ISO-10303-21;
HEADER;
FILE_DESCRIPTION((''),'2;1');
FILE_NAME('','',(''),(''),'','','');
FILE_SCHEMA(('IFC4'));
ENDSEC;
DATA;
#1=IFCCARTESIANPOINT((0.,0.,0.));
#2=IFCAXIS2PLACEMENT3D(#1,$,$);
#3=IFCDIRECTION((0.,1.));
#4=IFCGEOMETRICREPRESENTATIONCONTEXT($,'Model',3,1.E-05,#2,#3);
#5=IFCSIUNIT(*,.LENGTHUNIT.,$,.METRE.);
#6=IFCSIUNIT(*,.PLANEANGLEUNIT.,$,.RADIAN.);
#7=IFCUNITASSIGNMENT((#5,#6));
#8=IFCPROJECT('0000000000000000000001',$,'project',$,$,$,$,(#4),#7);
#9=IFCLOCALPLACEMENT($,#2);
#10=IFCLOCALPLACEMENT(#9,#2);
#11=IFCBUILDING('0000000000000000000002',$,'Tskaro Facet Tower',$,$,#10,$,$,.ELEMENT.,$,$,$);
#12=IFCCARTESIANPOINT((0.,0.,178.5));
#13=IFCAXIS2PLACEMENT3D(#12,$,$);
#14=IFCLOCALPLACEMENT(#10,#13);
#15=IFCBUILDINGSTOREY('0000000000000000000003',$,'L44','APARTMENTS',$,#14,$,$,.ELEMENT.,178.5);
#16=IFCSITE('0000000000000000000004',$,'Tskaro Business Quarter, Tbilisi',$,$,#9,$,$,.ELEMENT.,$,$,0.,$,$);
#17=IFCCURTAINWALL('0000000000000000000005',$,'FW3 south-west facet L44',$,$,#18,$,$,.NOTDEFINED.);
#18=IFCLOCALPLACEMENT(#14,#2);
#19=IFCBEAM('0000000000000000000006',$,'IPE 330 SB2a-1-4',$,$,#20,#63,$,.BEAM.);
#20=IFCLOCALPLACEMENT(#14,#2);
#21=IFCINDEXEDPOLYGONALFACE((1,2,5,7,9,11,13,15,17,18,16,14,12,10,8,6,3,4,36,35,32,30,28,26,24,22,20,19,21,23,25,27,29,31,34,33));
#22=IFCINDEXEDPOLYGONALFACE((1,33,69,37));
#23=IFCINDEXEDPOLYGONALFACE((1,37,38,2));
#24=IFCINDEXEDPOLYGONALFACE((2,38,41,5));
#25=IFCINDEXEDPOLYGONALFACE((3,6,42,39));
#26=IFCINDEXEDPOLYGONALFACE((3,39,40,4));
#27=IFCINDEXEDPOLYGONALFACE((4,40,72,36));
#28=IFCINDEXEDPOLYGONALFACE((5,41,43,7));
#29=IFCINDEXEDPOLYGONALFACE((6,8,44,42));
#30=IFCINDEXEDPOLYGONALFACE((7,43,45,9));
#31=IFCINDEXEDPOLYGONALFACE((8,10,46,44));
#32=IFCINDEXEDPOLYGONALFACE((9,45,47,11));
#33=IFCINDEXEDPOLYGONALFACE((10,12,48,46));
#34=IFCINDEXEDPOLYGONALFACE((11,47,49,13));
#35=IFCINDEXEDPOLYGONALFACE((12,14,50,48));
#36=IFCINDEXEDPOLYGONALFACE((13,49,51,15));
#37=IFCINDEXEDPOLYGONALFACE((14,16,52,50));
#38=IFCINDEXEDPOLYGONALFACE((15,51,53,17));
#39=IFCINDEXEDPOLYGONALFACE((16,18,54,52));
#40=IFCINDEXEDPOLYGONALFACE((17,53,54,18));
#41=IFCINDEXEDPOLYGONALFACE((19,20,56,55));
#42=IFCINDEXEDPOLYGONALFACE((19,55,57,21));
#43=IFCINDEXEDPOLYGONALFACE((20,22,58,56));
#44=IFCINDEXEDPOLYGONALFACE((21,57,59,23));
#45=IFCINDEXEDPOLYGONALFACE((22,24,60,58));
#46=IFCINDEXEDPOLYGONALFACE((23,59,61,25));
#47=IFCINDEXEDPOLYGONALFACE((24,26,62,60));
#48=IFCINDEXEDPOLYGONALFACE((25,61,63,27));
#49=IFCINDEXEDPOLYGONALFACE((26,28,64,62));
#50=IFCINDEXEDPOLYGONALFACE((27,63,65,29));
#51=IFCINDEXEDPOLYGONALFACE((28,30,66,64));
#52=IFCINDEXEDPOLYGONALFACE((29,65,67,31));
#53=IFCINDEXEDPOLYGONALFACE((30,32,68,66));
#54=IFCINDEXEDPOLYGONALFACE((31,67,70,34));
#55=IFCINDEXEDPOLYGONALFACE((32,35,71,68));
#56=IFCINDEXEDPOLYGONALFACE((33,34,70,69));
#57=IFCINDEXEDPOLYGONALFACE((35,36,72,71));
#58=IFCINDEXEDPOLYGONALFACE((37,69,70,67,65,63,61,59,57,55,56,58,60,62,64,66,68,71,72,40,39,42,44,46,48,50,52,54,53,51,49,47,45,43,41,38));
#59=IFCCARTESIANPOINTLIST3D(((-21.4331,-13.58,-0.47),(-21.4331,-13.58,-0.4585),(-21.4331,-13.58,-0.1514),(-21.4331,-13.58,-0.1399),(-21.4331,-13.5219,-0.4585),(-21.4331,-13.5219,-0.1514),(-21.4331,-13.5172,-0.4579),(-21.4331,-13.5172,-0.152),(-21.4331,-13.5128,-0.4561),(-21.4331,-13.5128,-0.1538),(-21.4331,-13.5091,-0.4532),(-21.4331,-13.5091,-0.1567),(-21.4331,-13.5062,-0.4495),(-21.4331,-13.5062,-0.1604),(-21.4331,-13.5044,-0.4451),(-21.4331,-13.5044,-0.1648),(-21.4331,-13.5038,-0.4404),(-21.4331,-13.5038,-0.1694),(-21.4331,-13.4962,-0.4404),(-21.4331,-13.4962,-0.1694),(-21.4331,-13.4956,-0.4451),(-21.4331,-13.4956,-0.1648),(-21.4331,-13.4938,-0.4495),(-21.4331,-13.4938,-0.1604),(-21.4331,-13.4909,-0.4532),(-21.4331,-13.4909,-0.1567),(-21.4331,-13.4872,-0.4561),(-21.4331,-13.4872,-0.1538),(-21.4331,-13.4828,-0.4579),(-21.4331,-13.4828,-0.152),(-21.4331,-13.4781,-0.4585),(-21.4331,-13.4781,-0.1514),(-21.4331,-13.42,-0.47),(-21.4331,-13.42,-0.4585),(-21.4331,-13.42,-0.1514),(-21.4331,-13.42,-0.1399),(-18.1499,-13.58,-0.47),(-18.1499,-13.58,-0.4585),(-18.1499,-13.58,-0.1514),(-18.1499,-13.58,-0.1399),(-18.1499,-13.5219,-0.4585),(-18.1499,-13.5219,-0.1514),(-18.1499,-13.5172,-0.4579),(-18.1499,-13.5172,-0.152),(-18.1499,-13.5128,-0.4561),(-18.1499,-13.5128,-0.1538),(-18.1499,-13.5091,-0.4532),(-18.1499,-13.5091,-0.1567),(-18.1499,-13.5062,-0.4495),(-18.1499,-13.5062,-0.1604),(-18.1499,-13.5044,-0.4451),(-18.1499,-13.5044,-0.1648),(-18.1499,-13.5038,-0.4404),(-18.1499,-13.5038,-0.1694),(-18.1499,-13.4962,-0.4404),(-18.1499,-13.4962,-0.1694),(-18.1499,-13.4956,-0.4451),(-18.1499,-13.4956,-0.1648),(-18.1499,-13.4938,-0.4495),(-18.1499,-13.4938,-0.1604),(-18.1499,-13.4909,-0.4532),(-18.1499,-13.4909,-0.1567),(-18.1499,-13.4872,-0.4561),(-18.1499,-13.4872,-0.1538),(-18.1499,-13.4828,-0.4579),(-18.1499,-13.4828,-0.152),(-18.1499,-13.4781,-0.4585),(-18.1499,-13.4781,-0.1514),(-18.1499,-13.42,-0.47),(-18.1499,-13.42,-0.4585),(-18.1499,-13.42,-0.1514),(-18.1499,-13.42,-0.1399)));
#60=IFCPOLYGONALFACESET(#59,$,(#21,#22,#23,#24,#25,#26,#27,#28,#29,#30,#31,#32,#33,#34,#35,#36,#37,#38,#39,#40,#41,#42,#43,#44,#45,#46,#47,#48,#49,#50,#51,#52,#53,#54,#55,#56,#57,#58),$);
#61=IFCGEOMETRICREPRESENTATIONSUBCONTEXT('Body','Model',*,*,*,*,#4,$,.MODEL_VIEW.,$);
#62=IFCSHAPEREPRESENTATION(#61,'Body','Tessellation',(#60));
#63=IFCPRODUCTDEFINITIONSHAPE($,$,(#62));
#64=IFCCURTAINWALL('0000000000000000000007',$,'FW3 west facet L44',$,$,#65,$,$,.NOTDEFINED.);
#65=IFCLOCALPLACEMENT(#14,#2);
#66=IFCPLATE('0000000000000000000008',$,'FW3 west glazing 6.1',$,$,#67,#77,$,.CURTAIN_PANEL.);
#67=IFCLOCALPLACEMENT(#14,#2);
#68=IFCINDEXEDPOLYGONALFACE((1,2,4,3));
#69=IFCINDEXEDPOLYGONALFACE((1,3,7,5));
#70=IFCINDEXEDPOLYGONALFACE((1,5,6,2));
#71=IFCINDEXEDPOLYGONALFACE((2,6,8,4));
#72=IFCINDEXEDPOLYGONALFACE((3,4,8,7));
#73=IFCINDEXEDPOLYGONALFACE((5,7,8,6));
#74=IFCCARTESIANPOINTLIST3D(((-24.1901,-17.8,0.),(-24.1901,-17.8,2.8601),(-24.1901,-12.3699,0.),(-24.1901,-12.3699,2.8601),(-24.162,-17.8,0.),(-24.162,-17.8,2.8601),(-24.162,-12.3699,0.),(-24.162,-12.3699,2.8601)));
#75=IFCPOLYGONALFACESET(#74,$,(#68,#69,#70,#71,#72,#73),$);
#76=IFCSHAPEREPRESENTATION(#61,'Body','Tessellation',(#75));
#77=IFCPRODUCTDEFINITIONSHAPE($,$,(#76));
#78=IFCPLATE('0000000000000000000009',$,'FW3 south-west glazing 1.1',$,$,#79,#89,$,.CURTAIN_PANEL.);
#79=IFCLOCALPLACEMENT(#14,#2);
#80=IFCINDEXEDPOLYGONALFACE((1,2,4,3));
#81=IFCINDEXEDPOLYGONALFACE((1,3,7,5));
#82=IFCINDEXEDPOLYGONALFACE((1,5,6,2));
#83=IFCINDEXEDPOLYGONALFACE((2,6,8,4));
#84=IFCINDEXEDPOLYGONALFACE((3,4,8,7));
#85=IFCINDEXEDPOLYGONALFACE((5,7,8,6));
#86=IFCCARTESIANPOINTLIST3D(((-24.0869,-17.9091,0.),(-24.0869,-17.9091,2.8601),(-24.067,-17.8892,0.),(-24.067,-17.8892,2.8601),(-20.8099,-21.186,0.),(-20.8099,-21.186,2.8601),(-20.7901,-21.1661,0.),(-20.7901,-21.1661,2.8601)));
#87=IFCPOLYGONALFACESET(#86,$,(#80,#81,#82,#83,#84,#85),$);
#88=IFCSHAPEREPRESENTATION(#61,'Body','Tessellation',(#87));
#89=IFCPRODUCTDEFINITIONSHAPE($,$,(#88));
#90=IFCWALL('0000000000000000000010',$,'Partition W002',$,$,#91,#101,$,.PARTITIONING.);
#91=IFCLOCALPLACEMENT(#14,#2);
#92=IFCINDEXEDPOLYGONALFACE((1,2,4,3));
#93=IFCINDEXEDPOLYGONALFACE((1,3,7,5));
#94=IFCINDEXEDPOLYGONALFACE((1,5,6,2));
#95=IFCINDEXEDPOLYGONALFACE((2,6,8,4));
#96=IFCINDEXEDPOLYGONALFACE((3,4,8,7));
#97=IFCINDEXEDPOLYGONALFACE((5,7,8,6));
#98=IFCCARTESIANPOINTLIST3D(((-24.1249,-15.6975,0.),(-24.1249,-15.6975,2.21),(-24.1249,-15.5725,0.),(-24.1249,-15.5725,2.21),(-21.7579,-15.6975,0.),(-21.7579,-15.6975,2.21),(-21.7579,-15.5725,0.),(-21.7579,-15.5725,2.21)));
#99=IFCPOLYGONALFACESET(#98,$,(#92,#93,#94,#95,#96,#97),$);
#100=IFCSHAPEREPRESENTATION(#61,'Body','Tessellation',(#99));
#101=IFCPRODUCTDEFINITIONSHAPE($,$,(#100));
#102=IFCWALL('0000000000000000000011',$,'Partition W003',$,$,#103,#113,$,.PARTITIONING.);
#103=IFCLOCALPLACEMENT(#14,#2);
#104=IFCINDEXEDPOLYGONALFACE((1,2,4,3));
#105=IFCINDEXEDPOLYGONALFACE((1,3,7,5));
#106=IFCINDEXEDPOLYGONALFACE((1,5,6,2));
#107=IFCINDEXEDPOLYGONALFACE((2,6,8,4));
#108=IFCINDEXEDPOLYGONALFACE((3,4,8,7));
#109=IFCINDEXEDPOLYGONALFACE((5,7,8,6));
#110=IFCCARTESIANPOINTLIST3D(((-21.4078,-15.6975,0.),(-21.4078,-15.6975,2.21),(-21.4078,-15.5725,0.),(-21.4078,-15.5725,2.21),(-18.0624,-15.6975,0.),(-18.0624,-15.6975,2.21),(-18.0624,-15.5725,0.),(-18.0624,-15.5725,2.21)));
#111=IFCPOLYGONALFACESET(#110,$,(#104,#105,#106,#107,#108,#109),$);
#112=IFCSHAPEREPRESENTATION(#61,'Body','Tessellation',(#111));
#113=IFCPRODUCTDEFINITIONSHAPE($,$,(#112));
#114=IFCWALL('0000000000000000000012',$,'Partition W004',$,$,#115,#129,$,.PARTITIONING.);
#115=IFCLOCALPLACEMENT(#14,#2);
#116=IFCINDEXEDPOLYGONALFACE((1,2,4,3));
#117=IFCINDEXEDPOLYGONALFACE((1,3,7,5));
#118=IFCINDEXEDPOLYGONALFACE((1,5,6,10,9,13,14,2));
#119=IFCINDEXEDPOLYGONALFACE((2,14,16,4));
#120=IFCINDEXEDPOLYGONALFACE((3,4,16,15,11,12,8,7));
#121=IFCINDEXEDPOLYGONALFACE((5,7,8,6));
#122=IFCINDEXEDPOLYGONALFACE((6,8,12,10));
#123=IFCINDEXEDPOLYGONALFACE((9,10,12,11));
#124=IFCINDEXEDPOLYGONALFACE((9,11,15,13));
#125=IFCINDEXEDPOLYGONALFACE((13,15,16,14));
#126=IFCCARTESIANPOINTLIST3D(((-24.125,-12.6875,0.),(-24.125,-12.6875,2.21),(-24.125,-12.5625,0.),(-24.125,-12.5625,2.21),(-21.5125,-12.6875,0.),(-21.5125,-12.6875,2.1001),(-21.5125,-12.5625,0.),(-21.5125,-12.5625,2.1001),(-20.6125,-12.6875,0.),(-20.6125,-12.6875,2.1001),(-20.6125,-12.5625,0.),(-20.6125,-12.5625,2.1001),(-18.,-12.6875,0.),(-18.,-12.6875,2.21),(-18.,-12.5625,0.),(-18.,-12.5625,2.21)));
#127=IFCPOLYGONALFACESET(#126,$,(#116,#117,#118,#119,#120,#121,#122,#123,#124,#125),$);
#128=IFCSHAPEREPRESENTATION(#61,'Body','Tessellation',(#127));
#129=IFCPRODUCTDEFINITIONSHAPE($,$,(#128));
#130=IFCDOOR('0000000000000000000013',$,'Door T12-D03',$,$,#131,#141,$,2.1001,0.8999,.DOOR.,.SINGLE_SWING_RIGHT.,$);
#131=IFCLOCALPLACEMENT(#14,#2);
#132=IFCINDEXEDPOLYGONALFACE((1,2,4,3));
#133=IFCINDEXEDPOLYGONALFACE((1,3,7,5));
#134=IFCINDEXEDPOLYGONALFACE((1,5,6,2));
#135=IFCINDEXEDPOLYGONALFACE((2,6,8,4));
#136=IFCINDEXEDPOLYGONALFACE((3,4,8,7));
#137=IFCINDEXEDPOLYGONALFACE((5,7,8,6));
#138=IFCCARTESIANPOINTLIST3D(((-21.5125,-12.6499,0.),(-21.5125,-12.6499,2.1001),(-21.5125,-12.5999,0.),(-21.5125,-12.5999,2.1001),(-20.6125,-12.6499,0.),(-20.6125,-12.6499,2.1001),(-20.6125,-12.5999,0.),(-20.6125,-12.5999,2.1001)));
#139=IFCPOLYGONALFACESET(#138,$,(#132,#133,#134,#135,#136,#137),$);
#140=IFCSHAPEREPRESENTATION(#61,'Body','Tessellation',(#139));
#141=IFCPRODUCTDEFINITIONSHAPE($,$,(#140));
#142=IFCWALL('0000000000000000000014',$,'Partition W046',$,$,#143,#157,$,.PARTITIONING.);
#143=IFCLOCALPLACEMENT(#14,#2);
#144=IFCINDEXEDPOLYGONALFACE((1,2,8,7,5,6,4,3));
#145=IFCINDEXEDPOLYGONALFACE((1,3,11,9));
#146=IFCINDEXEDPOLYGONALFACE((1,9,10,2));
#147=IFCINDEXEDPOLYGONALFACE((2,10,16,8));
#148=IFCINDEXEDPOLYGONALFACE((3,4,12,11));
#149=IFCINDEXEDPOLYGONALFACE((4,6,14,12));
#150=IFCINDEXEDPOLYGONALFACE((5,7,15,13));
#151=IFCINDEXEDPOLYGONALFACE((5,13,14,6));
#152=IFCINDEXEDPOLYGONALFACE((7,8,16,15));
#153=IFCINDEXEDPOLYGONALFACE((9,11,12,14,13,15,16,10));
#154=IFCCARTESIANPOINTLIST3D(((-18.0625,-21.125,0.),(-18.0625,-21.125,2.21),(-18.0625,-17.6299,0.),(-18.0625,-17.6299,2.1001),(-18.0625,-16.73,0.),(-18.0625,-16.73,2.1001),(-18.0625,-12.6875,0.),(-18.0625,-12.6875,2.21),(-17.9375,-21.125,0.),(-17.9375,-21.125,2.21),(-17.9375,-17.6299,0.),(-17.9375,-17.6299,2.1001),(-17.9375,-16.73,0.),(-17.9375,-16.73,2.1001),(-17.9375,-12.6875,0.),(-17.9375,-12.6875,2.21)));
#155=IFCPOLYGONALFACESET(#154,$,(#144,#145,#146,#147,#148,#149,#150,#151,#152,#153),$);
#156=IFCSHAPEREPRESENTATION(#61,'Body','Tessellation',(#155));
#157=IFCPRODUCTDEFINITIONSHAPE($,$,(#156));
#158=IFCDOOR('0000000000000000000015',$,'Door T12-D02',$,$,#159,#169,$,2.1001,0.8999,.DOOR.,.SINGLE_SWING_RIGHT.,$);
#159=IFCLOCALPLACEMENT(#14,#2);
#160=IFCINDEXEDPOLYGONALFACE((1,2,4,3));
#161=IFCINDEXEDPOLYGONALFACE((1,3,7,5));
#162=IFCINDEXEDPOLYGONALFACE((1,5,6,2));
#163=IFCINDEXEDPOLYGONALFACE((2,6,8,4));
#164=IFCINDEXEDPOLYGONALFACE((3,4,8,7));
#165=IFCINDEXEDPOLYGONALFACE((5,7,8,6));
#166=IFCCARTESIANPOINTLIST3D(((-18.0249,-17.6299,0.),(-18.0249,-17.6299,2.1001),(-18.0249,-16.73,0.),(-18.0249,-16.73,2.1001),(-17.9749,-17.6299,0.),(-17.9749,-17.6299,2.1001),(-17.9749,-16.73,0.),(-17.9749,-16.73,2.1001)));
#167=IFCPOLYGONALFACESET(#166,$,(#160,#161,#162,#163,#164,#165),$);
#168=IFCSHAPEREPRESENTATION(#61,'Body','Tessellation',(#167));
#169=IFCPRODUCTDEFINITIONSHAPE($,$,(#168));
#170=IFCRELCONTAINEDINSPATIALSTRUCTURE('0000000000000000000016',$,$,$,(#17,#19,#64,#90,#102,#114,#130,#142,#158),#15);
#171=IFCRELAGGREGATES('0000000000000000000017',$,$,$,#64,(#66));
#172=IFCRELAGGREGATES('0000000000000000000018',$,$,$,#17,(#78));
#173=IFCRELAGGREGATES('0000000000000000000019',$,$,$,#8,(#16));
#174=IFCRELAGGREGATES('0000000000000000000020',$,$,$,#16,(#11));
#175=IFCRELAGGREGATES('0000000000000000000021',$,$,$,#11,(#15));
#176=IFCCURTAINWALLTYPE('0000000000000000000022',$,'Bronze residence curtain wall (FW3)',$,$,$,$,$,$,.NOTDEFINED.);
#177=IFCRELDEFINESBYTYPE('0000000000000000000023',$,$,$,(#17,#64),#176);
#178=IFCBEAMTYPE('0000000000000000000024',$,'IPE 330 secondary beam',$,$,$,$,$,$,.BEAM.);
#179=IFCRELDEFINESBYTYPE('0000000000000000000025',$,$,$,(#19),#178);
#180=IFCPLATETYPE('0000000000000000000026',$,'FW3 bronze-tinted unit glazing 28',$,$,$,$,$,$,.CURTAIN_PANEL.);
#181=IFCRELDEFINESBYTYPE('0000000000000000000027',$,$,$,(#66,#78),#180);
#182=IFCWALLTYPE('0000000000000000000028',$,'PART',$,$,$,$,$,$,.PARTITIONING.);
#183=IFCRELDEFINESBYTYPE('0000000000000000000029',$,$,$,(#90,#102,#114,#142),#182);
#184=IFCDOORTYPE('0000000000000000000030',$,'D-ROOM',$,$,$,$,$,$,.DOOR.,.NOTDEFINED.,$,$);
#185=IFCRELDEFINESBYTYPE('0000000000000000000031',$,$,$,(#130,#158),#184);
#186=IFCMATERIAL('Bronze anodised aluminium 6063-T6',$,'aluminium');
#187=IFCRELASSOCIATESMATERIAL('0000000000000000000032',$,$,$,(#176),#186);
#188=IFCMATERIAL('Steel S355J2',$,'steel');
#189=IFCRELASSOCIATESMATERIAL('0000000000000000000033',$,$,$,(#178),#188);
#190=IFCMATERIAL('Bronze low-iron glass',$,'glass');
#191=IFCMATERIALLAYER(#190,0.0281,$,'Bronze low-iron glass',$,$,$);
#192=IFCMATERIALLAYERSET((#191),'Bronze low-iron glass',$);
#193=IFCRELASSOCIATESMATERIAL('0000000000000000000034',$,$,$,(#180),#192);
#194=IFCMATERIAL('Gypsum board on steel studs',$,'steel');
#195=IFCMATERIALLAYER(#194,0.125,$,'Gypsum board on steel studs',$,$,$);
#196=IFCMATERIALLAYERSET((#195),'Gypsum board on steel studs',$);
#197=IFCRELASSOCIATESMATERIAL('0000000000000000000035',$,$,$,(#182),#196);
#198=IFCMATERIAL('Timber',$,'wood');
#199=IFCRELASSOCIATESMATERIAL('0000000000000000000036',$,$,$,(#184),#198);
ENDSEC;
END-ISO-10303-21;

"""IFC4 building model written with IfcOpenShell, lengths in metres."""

from ifc_helpers import new_model, si_unit, direction, frame, frame_2d, origin, origin_2d, place, context, subcontext, project, spatial, rectangle, i_section, extrude, material, layer, layer_set, material_profile, profile_set, type_object, element, fill, aggregate, save


model = new_model("IFC4")

# Units and contexts
model_context = context("Model", 3, precision=1e-05, world=origin(), true_north=direction((0.0, 1.0)))
body_context = subcontext(model_context, "Body", "Model", "MODEL_VIEW")
ifc_project = project(units=[si_unit("LENGTHUNIT", "METRE"), si_unit("PLANEANGLEUNIT", "RADIAN")], contexts=[model_context])

# Site, building, storey
site_placement = place(None, origin())
site = spatial("IfcSite", under=ifc_project, at=site_placement, Name="Tskaro Business Quarter, Tbilisi", CompositionType="ELEMENT", RefElevation=0.0)
building_placement = place(site_placement, origin())
building = spatial("IfcBuilding", under=site, at=building_placement, Name="Tskaro Facet Tower", CompositionType="ELEMENT")
storey_placement = place(building_placement, frame((0.0, 0.0, 178.5)))
storey = spatial("IfcBuildingStorey", under=building, at=storey_placement, Name="L44", Description="APARTMENTS", CompositionType="ELEMENT", Elevation=178.5)

# Curtain wall
ifc_material_1 = material(Name="Bronze anodised aluminium 6063-T6", Category="aluminium")
curtain_wall_type = type_object("IfcCurtainWallType", Name="Bronze residence curtain wall (FW3)", PredefinedType="NOTDEFINED", material=ifc_material_1)
curtain_wall_1_placement = place(storey_placement, origin())
curtain_wall_1 = element("IfcCurtainWall", 1, at=curtain_wall_1_placement, inside=storey, type_object=curtain_wall_type, Name="FW3 south-west facet L44", PredefinedType="NOTDEFINED")

# Beam
ifc_material_2 = material(Name="Steel S355J2", Category="steel")
ifc_material_profile_1 = material_profile(ifc_material_2, i_section(OverallWidth=0.1599, OverallDepth=0.3301, WebThickness=0.0076, FlangeThickness=0.0115, FilletRadius=0.0181, at=origin_2d()), Name="IPE 330")
ifc_profile_set_1 = profile_set([ifc_material_profile_1], Name="Steel S355J2")
beam_type_1 = type_object("IfcBeamType", Name="IPE 330 secondary beam", PredefinedType="BEAM", material=ifc_profile_set_1)
beam_1_placement = place(storey_placement, frame((-21.4331, -13.5, -0.3049), z_axis=(1.0, 0.0, 0.0), x_axis=(0.0, 1.0, 0.0)))
element("IfcBeam", 2, at=beam_1_placement, inside=storey, type_object=beam_type_1, Name="IPE 330 SB2a-1-4", PredefinedType="BEAM", context=body_context, shape_type="SweptSolid", body=[
    extrude(i_section(OverallWidth=0.1599, OverallDepth=0.3301, WebThickness=0.0076, FlangeThickness=0.0115, FilletRadius=0.0181, at=origin_2d()), origin(), (0.0, 0.0, 1.0), 3.2832),
])

# Curtain wall, plate
curtain_wall_2_placement = place(storey_placement, origin())
curtain_wall_2 = element("IfcCurtainWall", 3, at=curtain_wall_2_placement, inside=storey, type_object=curtain_wall_type, Name="FW3 west facet L44", PredefinedType="NOTDEFINED")
ifc_material_3 = material(Name="Bronze low-iron glass", Category="glass")
ifc_layer_1 = layer(ifc_material_3, 0.0281, Name="Bronze low-iron glass")
ifc_layer_set_1 = layer_set([ifc_layer_1], Name="Bronze low-iron glass")
plate_type = type_object("IfcPlateType", Name="FW3 bronze-tinted unit glazing 28", PredefinedType="CURTAIN_PANEL", material=ifc_layer_set_1)
plate_1_placement = place(storey_placement, frame((-24.176, -15.085, 0.0), z_axis=(0.0, 0.0, 1.0), x_axis=(0.0, -1.0, 0.0)))
plate_1 = element("IfcPlate", 4, at=plate_1_placement, type_object=plate_type, Name="FW3 west glazing 6.1", PredefinedType="CURTAIN_PANEL", context=body_context, shape_type="SweptSolid", body=[
    extrude(rectangle(XDim=5.4302, YDim=0.0281, at=origin_2d()), origin(), (0.0, 0.0, 1.0), 2.8601),
])
aggregate(curtain_wall_2, [plate_1])

# Plate
plate_2_placement = place(storey_placement, frame((-22.4385, -19.5376, 0.0), z_axis=(0.0, 0.0, 1.0), x_axis=(0.707107, -0.707107, 0.0)))
plate_2 = element("IfcPlate", 5, at=plate_2_placement, type_object=plate_type, Name="FW3 south-west glazing 1.1", PredefinedType="CURTAIN_PANEL", context=body_context, shape_type="SweptSolid", body=[
    extrude(rectangle(XDim=4.6343, YDim=0.0281, at=origin_2d()), origin(), (0.0, 0.0, 1.0), 2.8601),
])
aggregate(curtain_wall_1, [plate_2])

# Walls
ifc_material_4 = material(Name="Gypsum board on steel studs", Category="steel")
ifc_layer_2 = layer(ifc_material_4, 0.125, Name="Gypsum board on steel studs")
ifc_layer_set_2 = layer_set([ifc_layer_2], Name="Gypsum board on steel studs")
wall_type = type_object("IfcWallType", Name="PART", PredefinedType="PARTITIONING", material=ifc_layer_set_2)
wall_1_placement = place(storey_placement, frame((-24.125, -15.635, 0.0), z_axis=(0.0, 0.0, 1.0), x_axis=(1.0, 0.0, 0.0)))
element("IfcWall", 6, at=wall_1_placement, inside=storey, type_object=wall_type, Name="Partition W002", PredefinedType="PARTITIONING", context=body_context, shape_type="SweptSolid", body=[
    extrude(rectangle(XDim=2.3669, YDim=0.125, at=frame_2d((1.1836, 0.0))), origin(), (0.0, 0.0, 1.0), 2.21),
])
wall_2_placement = place(storey_placement, frame((-21.408, -15.635, 0.0), z_axis=(0.0, 0.0, 1.0), x_axis=(1.0, 0.0, 0.0)))
element("IfcWall", 7, at=wall_2_placement, inside=storey, type_object=wall_type, Name="Partition W003", PredefinedType="PARTITIONING", context=body_context, shape_type="SweptSolid", body=[
    extrude(rectangle(XDim=3.3455, YDim=0.125, at=frame_2d((1.6729, 0.0))), origin(), (0.0, 0.0, 1.0), 2.21),
])

# Walls, openings, doors
wall_3_placement = place(storey_placement, frame((-18.0, -12.625, 0.0), z_axis=(0.0, 0.0, 1.0), x_axis=(-1.0, 0.0, 0.0)))
wall_3 = element("IfcWall", 8, at=wall_3_placement, inside=storey, type_object=wall_type, Name="Partition W004", PredefinedType="PARTITIONING", context=body_context, shape_type="SweptSolid", body=[
    extrude(rectangle(XDim=6.125, YDim=0.125, at=frame_2d((3.0625, 0.0))), origin(), (0.0, 0.0, 1.0), 2.21),
])
opening_1_placement = place(wall_3_placement, frame((2.6125, 0.0, 0.0)))
opening_1 = element("IfcOpeningElement", 9, at=opening_1_placement, cuts=wall_3, PredefinedType="OPENING", context=body_context, shape_type="SweptSolid", body=[
    extrude(rectangle(XDim=0.8999, YDim=2.1001, at=frame_2d((0.45, 1.05))), frame((0.0, 0.0725, 0.0), z_axis=(0.0, -1.0, 0.0), x_axis=(1.0, 0.0, 0.0)), (0.0, 0.0, 1.0), 0.145),
])
ifc_material_5 = material(Name="Timber", Category="wood")
door_type = type_object("IfcDoorType", Name="D-ROOM", OperationType="NOTDEFINED", PredefinedType="DOOR", material=ifc_material_5)
door_1_placement = place(opening_1_placement, origin())
door_1 = element("IfcDoor", 10, at=door_1_placement, inside=storey, type_object=door_type, Name="Door T12-D03", OperationType="SINGLE_SWING_RIGHT", OverallHeight=2.1001, OverallWidth=0.8999, PredefinedType="DOOR", context=body_context, shape_type="SweptSolid", body=[
    extrude(rectangle(XDim=0.8999, YDim=2.1001, at=frame_2d((0.45, 1.05))), frame((0.0, 0.0249, 0.0), z_axis=(0.0, -1.0, 0.0), x_axis=(1.0, 0.0, 0.0)), (0.0, 0.0, 1.0), 0.05),
])
fill(opening_1, door_1)
wall_4_placement = place(storey_placement, frame((-18.0, -21.125, 0.0), z_axis=(0.0, 0.0, 1.0), x_axis=(0.0, 1.0, 0.0)))
wall_4 = element("IfcWall", 11, at=wall_4_placement, inside=storey, type_object=wall_type, Name="Partition W046", PredefinedType="PARTITIONING", context=body_context, shape_type="SweptSolid", body=[
    extrude(rectangle(XDim=8.4375, YDim=0.125, at=frame_2d((4.2188, 0.0))), origin(), (0.0, 0.0, 1.0), 2.21),
])
opening_2_placement = place(wall_4_placement, frame((3.4951, 0.0, 0.0)))
opening_2 = element("IfcOpeningElement", 12, at=opening_2_placement, cuts=wall_4, PredefinedType="OPENING", context=body_context, shape_type="SweptSolid", body=[
    extrude(rectangle(XDim=0.8999, YDim=2.1001, at=frame_2d((0.45, 1.05))), frame((0.0, 0.0725, 0.0), z_axis=(0.0, -1.0, 0.0), x_axis=(1.0, 0.0, 0.0)), (0.0, 0.0, 1.0), 0.145),
])
door_2_placement = place(opening_2_placement, origin())
door_2 = element("IfcDoor", 13, at=door_2_placement, inside=storey, type_object=door_type, Name="Door T12-D02", OperationType="SINGLE_SWING_RIGHT", OverallHeight=2.1001, OverallWidth=0.8999, PredefinedType="DOOR", context=body_context, shape_type="SweptSolid", body=[
    extrude(rectangle(XDim=0.8999, YDim=2.1001, at=frame_2d((0.45, 1.05))), frame((0.0, 0.0249, 0.0), z_axis=(0.0, -1.0, 0.0), x_axis=(1.0, 0.0, 0.0)), (0.0, 0.0, 1.0), 0.05),
])
fill(opening_2, door_2)

save(model, "model.ifc")
